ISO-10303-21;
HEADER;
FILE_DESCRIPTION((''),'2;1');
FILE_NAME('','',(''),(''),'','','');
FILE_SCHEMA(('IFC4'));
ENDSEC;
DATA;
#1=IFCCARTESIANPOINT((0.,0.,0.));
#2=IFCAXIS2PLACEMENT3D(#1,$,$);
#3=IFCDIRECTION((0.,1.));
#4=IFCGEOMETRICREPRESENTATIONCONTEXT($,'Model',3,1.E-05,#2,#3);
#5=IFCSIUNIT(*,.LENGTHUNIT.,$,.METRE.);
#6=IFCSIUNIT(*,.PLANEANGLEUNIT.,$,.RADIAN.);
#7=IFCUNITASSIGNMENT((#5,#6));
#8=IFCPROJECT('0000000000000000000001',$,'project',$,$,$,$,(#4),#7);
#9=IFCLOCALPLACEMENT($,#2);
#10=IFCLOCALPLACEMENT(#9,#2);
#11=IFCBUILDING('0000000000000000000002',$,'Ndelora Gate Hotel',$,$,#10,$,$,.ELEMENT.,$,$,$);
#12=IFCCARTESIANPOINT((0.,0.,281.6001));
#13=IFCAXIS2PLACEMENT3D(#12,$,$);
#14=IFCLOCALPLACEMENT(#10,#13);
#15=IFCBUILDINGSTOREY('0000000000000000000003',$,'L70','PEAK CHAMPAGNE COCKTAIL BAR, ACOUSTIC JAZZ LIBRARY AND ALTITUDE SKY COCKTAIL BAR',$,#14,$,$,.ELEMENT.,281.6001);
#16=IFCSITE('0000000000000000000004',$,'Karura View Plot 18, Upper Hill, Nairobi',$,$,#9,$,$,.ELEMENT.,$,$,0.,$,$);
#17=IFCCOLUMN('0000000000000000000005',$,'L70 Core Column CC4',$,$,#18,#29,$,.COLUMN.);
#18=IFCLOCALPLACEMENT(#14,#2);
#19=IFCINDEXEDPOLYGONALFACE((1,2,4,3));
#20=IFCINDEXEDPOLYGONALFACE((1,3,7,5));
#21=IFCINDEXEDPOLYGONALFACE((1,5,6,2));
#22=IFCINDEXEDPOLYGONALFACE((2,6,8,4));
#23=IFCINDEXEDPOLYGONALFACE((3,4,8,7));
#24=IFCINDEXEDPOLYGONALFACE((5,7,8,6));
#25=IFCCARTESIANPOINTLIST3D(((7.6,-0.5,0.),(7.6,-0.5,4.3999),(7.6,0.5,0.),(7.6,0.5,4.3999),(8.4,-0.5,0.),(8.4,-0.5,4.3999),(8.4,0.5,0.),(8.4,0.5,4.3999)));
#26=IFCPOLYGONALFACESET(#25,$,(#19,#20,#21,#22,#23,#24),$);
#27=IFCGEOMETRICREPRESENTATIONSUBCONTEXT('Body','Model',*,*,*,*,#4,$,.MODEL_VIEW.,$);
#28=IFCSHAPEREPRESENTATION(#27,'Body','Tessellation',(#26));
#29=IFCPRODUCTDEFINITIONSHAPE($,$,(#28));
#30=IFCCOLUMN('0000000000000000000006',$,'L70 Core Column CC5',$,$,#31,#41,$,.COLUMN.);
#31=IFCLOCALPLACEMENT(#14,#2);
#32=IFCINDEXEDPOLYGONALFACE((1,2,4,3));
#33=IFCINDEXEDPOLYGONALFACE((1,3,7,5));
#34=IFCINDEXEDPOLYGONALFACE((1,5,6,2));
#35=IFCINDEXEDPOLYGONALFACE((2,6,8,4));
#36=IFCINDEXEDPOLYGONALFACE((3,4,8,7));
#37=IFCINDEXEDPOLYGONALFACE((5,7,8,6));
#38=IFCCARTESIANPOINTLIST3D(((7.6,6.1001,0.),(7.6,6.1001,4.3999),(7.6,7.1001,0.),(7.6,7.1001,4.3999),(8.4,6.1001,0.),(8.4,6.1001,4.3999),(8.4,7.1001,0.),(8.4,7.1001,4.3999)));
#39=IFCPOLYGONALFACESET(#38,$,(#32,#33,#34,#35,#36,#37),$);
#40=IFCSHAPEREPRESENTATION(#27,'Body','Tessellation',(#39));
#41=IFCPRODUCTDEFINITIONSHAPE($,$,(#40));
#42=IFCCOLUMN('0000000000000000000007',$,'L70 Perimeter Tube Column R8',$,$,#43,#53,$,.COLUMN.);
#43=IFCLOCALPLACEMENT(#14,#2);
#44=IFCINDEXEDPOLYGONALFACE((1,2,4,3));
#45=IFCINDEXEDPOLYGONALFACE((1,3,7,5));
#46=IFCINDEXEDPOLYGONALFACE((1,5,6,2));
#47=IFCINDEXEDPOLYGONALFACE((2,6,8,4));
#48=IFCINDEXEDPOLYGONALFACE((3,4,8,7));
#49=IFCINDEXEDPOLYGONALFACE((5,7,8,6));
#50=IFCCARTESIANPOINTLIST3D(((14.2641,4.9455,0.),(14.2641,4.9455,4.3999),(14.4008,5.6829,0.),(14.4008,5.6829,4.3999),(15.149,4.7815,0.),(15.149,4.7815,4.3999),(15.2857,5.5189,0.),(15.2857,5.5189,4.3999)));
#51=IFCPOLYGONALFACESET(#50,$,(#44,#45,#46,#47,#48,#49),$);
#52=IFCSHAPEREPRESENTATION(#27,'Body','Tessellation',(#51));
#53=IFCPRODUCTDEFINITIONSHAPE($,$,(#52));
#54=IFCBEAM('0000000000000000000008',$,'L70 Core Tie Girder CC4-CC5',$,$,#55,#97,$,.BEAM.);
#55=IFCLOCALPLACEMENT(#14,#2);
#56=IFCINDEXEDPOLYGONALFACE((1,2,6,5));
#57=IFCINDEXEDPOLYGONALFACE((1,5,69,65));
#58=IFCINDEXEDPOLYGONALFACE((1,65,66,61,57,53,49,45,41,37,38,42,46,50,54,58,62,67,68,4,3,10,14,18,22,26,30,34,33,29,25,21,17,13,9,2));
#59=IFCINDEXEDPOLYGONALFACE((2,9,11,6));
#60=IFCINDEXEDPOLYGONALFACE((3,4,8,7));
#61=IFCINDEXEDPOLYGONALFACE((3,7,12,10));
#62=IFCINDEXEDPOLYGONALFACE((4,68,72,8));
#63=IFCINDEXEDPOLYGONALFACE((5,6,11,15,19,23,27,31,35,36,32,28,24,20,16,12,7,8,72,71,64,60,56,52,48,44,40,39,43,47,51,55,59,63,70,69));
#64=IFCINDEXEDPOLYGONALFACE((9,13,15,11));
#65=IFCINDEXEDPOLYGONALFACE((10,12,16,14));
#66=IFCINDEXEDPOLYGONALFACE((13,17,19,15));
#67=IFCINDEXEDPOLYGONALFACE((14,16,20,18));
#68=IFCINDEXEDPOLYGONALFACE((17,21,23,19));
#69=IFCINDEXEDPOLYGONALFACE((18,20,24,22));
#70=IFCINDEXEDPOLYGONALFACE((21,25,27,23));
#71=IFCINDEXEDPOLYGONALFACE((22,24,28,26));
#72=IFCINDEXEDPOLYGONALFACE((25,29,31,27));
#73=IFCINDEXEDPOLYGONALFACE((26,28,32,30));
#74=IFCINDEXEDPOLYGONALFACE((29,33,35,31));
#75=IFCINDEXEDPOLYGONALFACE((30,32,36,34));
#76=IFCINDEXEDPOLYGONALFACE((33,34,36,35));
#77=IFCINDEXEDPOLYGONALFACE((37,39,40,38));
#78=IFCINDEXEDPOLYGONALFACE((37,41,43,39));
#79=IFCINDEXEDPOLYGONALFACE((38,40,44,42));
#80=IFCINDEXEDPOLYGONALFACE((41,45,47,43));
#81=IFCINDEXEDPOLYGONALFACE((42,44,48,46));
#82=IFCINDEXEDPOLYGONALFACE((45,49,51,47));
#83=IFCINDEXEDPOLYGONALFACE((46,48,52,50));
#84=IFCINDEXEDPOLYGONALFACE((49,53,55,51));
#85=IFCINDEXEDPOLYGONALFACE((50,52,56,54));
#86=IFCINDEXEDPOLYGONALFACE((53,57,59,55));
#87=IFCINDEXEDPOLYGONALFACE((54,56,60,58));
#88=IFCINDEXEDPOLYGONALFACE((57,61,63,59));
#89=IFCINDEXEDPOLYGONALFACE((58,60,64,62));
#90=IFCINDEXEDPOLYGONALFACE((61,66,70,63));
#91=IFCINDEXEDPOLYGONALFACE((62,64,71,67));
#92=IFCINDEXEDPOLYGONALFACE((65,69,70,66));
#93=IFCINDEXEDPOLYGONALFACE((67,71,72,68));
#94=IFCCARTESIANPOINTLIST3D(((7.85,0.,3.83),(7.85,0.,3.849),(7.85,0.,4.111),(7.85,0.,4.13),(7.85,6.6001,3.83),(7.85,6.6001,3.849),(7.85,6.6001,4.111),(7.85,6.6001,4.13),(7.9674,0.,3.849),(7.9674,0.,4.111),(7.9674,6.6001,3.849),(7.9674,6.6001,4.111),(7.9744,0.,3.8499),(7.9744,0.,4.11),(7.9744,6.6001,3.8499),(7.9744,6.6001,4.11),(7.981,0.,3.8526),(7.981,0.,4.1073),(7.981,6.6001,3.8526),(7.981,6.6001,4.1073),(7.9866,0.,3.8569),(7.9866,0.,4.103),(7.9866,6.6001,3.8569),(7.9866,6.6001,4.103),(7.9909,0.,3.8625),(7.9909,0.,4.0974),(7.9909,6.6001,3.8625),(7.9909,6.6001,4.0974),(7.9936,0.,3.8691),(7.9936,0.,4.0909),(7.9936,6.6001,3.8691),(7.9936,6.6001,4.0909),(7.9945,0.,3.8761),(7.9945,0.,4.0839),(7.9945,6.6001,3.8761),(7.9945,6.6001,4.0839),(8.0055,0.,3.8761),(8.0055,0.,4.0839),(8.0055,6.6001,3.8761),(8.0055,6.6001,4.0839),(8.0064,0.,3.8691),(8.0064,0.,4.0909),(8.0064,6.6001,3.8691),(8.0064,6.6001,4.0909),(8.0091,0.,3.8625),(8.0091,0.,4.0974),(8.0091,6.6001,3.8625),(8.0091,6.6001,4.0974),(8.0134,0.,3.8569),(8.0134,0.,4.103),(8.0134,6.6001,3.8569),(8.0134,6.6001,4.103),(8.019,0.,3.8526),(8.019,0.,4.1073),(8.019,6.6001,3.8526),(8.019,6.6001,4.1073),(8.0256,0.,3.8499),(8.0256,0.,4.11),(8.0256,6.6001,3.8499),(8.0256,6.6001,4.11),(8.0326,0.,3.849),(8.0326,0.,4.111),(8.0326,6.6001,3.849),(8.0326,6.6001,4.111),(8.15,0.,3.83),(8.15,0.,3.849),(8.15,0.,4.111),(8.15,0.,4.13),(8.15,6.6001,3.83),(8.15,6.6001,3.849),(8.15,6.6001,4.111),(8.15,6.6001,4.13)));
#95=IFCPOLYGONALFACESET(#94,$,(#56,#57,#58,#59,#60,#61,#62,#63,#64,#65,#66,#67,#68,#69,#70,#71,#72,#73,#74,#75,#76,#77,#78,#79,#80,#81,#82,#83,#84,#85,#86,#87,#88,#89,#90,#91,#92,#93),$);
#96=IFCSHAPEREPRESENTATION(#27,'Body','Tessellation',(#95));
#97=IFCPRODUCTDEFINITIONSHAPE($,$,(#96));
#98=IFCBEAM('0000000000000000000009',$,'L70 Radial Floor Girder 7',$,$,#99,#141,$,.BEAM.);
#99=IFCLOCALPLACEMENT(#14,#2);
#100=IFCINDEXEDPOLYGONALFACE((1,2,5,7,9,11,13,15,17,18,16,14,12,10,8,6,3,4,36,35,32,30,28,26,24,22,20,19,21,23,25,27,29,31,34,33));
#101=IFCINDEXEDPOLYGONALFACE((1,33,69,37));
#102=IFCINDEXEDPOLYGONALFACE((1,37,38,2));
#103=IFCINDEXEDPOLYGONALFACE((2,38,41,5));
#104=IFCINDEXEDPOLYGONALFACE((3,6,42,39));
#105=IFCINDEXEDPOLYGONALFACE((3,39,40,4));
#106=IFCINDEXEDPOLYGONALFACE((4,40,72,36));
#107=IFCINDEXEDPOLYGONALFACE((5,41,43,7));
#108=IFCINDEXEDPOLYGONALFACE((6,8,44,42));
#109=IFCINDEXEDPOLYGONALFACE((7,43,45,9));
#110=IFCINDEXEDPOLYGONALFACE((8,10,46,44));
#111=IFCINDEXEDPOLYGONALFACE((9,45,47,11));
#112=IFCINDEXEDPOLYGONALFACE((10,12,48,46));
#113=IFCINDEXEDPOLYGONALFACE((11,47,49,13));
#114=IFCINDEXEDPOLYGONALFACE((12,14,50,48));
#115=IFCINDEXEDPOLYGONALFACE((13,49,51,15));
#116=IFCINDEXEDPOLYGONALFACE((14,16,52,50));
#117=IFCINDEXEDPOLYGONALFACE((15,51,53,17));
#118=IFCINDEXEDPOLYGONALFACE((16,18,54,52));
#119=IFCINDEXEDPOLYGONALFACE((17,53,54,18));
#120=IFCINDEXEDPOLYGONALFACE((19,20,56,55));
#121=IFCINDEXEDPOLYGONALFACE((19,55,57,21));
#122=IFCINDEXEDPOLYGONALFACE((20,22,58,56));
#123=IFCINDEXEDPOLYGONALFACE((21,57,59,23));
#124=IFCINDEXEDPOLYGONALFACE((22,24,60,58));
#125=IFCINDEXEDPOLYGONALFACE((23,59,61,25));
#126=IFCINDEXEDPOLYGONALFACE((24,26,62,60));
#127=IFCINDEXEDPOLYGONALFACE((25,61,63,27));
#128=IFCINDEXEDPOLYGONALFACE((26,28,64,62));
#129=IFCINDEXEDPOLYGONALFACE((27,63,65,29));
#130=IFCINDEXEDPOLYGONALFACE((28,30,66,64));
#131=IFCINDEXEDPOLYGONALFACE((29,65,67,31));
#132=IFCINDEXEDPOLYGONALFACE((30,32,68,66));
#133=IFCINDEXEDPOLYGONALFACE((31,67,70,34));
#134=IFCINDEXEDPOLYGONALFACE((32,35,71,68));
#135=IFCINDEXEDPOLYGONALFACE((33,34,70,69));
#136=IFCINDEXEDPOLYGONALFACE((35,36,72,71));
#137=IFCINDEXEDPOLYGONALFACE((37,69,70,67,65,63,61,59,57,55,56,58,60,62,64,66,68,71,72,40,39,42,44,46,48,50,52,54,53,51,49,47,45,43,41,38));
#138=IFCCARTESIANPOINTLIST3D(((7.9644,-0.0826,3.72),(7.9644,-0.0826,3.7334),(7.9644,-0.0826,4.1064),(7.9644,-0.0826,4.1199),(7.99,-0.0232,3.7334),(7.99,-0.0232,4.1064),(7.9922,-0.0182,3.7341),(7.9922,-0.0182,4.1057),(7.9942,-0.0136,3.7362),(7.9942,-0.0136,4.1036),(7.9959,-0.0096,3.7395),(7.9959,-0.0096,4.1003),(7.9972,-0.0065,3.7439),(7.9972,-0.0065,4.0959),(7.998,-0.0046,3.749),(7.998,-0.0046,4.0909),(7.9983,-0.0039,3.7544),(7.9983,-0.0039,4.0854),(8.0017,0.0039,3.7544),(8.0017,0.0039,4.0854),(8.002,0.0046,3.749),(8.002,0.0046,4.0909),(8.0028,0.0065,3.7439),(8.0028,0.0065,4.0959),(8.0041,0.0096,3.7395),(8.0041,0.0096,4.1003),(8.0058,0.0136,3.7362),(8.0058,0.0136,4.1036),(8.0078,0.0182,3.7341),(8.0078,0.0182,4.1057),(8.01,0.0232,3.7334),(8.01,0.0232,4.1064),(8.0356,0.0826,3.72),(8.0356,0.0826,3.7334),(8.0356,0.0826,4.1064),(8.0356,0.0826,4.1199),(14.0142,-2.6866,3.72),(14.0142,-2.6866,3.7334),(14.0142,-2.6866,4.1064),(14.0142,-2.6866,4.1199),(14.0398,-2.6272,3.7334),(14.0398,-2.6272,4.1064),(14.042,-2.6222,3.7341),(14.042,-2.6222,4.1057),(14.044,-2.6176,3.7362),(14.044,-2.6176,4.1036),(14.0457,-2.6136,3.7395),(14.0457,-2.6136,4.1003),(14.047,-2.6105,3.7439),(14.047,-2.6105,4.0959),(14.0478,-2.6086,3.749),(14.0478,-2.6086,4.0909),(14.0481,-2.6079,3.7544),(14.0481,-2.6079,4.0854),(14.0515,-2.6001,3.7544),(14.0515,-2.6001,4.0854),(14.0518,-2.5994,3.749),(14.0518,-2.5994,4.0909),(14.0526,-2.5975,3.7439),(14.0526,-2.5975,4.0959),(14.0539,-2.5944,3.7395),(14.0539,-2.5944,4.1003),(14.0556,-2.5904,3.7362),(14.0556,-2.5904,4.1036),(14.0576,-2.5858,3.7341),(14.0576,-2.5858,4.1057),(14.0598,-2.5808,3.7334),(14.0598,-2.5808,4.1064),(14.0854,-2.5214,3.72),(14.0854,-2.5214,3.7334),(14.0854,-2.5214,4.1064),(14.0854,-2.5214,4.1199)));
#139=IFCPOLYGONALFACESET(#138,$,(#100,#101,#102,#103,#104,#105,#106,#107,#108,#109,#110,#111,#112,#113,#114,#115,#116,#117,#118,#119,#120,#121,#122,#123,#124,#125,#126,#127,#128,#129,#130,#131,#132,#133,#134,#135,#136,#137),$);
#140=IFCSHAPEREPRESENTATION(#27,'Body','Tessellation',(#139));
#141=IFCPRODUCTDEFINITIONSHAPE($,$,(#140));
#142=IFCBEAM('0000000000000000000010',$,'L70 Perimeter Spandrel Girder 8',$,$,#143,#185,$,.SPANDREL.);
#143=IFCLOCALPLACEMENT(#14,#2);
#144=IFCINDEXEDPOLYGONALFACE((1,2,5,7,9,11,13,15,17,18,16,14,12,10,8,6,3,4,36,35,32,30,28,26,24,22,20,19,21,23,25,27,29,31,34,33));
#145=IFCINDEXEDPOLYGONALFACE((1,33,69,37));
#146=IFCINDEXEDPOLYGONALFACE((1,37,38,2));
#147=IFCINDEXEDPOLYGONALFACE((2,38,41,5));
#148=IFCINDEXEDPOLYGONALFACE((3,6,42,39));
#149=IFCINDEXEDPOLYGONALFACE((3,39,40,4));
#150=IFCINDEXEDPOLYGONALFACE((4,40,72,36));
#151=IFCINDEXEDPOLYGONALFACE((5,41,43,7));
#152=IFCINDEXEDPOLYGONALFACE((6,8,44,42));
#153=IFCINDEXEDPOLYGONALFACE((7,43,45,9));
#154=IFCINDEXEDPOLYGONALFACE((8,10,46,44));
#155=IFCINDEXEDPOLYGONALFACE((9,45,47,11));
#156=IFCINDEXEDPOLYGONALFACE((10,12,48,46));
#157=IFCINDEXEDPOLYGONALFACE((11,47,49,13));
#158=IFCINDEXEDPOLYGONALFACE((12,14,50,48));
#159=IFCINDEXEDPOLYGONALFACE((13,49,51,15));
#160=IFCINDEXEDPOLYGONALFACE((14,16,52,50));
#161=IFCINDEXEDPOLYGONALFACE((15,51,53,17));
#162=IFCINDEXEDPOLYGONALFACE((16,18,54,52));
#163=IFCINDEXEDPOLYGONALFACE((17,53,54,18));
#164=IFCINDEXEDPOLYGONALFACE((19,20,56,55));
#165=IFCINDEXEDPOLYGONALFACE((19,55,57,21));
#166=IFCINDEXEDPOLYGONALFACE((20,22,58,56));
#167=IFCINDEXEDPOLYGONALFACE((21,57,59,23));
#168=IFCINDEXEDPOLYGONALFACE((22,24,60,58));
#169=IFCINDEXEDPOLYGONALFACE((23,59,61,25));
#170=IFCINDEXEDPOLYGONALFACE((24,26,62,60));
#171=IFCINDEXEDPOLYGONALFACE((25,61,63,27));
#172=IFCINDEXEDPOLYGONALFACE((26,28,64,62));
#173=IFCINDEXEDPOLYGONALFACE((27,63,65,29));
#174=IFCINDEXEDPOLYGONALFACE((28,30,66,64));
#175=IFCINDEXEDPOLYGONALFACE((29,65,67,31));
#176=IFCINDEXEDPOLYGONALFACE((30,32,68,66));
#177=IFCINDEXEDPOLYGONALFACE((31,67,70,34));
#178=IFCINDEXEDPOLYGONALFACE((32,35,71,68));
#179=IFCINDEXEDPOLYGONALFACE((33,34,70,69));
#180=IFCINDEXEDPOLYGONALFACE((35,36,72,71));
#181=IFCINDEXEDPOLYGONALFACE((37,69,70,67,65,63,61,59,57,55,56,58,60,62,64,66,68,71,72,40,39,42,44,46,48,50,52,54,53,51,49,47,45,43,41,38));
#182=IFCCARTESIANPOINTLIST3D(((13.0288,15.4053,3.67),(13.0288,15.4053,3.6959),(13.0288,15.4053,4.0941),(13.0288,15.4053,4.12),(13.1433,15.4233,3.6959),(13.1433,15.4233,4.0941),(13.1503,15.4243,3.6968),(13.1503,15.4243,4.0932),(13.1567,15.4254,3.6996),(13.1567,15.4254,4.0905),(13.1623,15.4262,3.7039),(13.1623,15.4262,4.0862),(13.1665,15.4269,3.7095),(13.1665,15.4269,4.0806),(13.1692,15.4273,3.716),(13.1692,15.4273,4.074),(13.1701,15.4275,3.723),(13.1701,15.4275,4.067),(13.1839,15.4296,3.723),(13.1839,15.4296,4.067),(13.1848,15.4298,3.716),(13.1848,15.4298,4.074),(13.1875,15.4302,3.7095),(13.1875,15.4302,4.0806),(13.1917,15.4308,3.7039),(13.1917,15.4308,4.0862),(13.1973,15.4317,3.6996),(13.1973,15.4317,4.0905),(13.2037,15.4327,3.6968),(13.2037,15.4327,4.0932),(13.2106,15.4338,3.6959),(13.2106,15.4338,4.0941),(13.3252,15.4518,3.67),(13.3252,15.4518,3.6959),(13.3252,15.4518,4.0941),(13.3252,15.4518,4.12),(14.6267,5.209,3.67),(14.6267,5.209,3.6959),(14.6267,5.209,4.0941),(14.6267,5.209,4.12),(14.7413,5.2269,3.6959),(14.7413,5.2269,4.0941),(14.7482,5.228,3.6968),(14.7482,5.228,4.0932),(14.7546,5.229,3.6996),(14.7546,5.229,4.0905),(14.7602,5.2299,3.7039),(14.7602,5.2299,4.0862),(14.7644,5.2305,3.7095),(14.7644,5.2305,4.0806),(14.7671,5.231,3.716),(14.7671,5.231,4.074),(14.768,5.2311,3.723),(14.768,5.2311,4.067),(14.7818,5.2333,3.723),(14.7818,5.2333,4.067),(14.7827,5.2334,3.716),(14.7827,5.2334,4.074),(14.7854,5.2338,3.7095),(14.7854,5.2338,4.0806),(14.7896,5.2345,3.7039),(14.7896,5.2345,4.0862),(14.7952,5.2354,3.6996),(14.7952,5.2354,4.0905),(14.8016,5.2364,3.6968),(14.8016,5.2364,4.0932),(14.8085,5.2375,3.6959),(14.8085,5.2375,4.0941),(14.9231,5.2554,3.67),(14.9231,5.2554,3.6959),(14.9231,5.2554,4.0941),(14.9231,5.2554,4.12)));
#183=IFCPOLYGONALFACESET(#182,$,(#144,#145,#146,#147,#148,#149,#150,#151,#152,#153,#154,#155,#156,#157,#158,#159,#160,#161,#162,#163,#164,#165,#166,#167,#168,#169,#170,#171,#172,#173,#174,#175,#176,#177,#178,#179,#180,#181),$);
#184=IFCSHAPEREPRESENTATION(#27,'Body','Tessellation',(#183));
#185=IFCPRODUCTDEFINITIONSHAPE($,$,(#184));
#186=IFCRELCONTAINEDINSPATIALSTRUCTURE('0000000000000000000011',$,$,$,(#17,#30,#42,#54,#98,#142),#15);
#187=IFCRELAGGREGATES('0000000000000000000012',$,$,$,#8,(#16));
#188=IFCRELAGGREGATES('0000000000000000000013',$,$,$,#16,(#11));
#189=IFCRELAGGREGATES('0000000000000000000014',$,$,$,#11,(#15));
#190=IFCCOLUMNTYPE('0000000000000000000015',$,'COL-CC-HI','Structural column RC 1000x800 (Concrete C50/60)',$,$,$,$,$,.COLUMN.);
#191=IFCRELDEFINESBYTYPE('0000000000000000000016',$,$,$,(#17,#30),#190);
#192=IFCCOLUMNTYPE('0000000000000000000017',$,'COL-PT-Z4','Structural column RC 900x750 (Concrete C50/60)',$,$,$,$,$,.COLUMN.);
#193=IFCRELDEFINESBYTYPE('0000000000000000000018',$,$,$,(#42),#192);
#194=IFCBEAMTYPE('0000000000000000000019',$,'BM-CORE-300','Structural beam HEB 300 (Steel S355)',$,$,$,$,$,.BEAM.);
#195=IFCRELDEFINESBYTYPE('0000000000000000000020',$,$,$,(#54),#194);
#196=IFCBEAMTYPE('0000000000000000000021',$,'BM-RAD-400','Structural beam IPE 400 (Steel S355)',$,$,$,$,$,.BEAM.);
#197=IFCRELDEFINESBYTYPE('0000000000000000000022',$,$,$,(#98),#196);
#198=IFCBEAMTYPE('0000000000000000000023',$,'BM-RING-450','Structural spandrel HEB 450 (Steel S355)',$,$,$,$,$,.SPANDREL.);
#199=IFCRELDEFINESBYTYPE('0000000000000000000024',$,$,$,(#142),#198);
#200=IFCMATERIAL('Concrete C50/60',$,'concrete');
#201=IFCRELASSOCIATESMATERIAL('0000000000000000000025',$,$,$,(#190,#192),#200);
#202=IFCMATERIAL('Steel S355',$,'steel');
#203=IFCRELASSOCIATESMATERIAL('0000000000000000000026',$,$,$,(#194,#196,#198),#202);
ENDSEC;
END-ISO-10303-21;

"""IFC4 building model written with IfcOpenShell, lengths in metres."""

from ifc_helpers import new_model, si_unit, direction, frame, origin, origin_2d, place, context, subcontext, project, spatial, rectangle, i_section, extrude, material, material_profile, profile_set, type_object, element, save


model = new_model("IFC4")

# Units and contexts
model_context = context("Model", 3, precision=1e-05, world=origin(), true_north=direction((0.0, 1.0)))
body_context = subcontext(model_context, "Body", "Model", "MODEL_VIEW")
ifc_project = project(units=[si_unit("LENGTHUNIT", "METRE"), si_unit("PLANEANGLEUNIT", "RADIAN")], contexts=[model_context])

# Site, building, storey
site_placement = place(None, origin())
site = spatial("IfcSite", under=ifc_project, at=site_placement, Name="Karura View Plot 18, Upper Hill, Nairobi", CompositionType="ELEMENT", RefElevation=0.0)
building_placement = place(site_placement, origin())
building = spatial("IfcBuilding", under=site, at=building_placement, Name="Ndelora Gate Hotel", CompositionType="ELEMENT")
storey_placement = place(building_placement, frame((0.0, 0.0, 281.6001)))
storey = spatial("IfcBuildingStorey", under=building, at=storey_placement, Name="L70", Description="PEAK CHAMPAGNE COCKTAIL BAR, ACOUSTIC JAZZ LIBRARY AND ALTITUDE SKY COCKTAIL BAR", CompositionType="ELEMENT", Elevation=281.6001)

# Columns
ifc_material_1 = material(Name="Concrete C50/60", Category="concrete")
ifc_material_profile_1 = material_profile(ifc_material_1, rectangle(XDim=0.8, YDim=1.0, at=origin_2d()), Name="RC 1000x800")
ifc_profile_set_1 = profile_set([ifc_material_profile_1], Name="Concrete C50/60")
column_type_1 = type_object("IfcColumnType", Name="COL-CC-HI", Description="Structural column RC 1000x800 (Concrete C50/60)", PredefinedType="COLUMN", material=ifc_profile_set_1)
for number, where, z_axis, x_axis, name in (
    (1, (8.0, 0.0, 0.0), (0.0, 0.0, 1.0), (1.0, 0.0, 0.0), "L70 Core Column CC4"),
    (2, (8.0, 6.6001, 0.0), (0.0, 0.0, 1.0), (1.0, 0.0, 0.0), "L70 Core Column CC5"),
):
    element("IfcColumn", number, at=place(storey_placement, frame(where, z_axis=z_axis, x_axis=x_axis)), inside=storey, type_object=column_type_1, Name=name, PredefinedType="COLUMN", context=body_context, shape_type="SweptSolid", body=[
        extrude(rectangle(XDim=0.8, YDim=1.0, at=origin_2d()), origin(), (0.0, 0.0, 1.0), 4.3999),
    ])
ifc_material_profile_2 = material_profile(ifc_material_1, rectangle(XDim=0.75, YDim=0.8999, at=origin_2d()), Name="RC 900x750")
ifc_profile_set_2 = profile_set([ifc_material_profile_2], Name="Concrete C50/60")
column_type_2 = type_object("IfcColumnType", Name="COL-PT-Z4", Description="Structural column RC 900x750 (Concrete C50/60)", PredefinedType="COLUMN", material=ifc_profile_set_2)
column_placement = place(storey_placement, frame((14.7749, 5.2322, 0.0), z_axis=(0.0, 0.0, 1.0), x_axis=(0.182236, 0.983255, 0.0)))
element("IfcColumn", 3, at=column_placement, inside=storey, type_object=column_type_2, Name="L70 Perimeter Tube Column R8", PredefinedType="COLUMN", context=body_context, shape_type="SweptSolid", body=[
    extrude(rectangle(XDim=0.75, YDim=0.8999, at=origin_2d()), origin(), (0.0, 0.0, 1.0), 4.3999),
])

# Beams
ifc_material_2 = material(Name="Steel S355", Category="steel")
ifc_material_profile_3 = material_profile(ifc_material_2, i_section(OverallWidth=0.3, OverallDepth=0.3, WebThickness=0.011, FlangeThickness=0.019, FilletRadius=0.0271, at=origin_2d()), Name="HEB 300")
ifc_profile_set_3 = profile_set([ifc_material_profile_3], Name="Steel S355")
beam_type_1 = type_object("IfcBeamType", Name="BM-CORE-300", Description="Structural beam HEB 300 (Steel S355)", PredefinedType="BEAM", material=ifc_profile_set_3)
beam_1_placement = place(storey_placement, frame((8.0, 0.0, 3.98), z_axis=(0.0, 1.0, 0.0), x_axis=(-1.0, 0.0, 0.0)))
element("IfcBeam", 4, at=beam_1_placement, inside=storey, type_object=beam_type_1, Name="L70 Core Tie Girder CC4-CC5", PredefinedType="BEAM", context=body_context, shape_type="SweptSolid", body=[
    extrude(i_section(OverallWidth=0.3, OverallDepth=0.3, WebThickness=0.011, FlangeThickness=0.019, FilletRadius=0.0271, at=origin_2d()), origin(), (0.0, 0.0, 1.0), 6.6001),
])
ifc_material_profile_4 = material_profile(ifc_material_2, i_section(OverallWidth=0.1799, OverallDepth=0.3999, WebThickness=0.0085, FlangeThickness=0.0134, FilletRadius=0.021, at=origin_2d()), Name="IPE 400")
ifc_profile_set_4 = profile_set([ifc_material_profile_4], Name="Steel S355")
beam_type_2 = type_object("IfcBeamType", Name="BM-RAD-400", Description="Structural beam IPE 400 (Steel S355)", PredefinedType="BEAM", material=ifc_profile_set_4)
beam_2_placement = place(storey_placement, frame((8.0, 0.0, 3.9199), z_axis=(0.918527, -0.395359, 0.0), x_axis=(0.395359, 0.918527, 0.0)))
element("IfcBeam", 5, at=beam_2_placement, inside=storey, type_object=beam_type_2, Name="L70 Radial Floor Girder 7", PredefinedType="BEAM", context=body_context, shape_type="SweptSolid", body=[
    extrude(i_section(OverallWidth=0.1799, OverallDepth=0.3999, WebThickness=0.0085, FlangeThickness=0.0134, FilletRadius=0.021, at=origin_2d()), origin(), (0.0, 0.0, 1.0), 6.5864),
])
ifc_material_profile_5 = material_profile(ifc_material_2, i_section(OverallWidth=0.3, OverallDepth=0.45, WebThickness=0.0139, FlangeThickness=0.0259, FilletRadius=0.0271, at=origin_2d()), Name="HEB 450")
ifc_profile_set_5 = profile_set([ifc_material_profile_5], Name="Steel S355")
beam_type_3 = type_object("IfcBeamType", Name="BM-RING-450", Description="Structural spandrel HEB 450 (Steel S355)", PredefinedType="SPANDREL", material=ifc_profile_set_5)
beam_3_placement = place(storey_placement, frame((14.7749, 5.2322, 3.895), z_axis=(-0.154824, 0.987942, 0.0), x_axis=(-0.987942, -0.154824, 0.0)))
element("IfcBeam", 6, at=beam_3_placement, inside=storey, type_object=beam_type_3, Name="L70 Perimeter Spandrel Girder 8", PredefinedType="SPANDREL", context=body_context, shape_type="SweptSolid", body=[
    extrude(i_section(OverallWidth=0.3, OverallDepth=0.45, WebThickness=0.0139, FlangeThickness=0.0259, FilletRadius=0.0271, at=origin_2d()), origin(), (0.0, 0.0, 1.0), 10.3208),
])

save(model, "model.ifc")
